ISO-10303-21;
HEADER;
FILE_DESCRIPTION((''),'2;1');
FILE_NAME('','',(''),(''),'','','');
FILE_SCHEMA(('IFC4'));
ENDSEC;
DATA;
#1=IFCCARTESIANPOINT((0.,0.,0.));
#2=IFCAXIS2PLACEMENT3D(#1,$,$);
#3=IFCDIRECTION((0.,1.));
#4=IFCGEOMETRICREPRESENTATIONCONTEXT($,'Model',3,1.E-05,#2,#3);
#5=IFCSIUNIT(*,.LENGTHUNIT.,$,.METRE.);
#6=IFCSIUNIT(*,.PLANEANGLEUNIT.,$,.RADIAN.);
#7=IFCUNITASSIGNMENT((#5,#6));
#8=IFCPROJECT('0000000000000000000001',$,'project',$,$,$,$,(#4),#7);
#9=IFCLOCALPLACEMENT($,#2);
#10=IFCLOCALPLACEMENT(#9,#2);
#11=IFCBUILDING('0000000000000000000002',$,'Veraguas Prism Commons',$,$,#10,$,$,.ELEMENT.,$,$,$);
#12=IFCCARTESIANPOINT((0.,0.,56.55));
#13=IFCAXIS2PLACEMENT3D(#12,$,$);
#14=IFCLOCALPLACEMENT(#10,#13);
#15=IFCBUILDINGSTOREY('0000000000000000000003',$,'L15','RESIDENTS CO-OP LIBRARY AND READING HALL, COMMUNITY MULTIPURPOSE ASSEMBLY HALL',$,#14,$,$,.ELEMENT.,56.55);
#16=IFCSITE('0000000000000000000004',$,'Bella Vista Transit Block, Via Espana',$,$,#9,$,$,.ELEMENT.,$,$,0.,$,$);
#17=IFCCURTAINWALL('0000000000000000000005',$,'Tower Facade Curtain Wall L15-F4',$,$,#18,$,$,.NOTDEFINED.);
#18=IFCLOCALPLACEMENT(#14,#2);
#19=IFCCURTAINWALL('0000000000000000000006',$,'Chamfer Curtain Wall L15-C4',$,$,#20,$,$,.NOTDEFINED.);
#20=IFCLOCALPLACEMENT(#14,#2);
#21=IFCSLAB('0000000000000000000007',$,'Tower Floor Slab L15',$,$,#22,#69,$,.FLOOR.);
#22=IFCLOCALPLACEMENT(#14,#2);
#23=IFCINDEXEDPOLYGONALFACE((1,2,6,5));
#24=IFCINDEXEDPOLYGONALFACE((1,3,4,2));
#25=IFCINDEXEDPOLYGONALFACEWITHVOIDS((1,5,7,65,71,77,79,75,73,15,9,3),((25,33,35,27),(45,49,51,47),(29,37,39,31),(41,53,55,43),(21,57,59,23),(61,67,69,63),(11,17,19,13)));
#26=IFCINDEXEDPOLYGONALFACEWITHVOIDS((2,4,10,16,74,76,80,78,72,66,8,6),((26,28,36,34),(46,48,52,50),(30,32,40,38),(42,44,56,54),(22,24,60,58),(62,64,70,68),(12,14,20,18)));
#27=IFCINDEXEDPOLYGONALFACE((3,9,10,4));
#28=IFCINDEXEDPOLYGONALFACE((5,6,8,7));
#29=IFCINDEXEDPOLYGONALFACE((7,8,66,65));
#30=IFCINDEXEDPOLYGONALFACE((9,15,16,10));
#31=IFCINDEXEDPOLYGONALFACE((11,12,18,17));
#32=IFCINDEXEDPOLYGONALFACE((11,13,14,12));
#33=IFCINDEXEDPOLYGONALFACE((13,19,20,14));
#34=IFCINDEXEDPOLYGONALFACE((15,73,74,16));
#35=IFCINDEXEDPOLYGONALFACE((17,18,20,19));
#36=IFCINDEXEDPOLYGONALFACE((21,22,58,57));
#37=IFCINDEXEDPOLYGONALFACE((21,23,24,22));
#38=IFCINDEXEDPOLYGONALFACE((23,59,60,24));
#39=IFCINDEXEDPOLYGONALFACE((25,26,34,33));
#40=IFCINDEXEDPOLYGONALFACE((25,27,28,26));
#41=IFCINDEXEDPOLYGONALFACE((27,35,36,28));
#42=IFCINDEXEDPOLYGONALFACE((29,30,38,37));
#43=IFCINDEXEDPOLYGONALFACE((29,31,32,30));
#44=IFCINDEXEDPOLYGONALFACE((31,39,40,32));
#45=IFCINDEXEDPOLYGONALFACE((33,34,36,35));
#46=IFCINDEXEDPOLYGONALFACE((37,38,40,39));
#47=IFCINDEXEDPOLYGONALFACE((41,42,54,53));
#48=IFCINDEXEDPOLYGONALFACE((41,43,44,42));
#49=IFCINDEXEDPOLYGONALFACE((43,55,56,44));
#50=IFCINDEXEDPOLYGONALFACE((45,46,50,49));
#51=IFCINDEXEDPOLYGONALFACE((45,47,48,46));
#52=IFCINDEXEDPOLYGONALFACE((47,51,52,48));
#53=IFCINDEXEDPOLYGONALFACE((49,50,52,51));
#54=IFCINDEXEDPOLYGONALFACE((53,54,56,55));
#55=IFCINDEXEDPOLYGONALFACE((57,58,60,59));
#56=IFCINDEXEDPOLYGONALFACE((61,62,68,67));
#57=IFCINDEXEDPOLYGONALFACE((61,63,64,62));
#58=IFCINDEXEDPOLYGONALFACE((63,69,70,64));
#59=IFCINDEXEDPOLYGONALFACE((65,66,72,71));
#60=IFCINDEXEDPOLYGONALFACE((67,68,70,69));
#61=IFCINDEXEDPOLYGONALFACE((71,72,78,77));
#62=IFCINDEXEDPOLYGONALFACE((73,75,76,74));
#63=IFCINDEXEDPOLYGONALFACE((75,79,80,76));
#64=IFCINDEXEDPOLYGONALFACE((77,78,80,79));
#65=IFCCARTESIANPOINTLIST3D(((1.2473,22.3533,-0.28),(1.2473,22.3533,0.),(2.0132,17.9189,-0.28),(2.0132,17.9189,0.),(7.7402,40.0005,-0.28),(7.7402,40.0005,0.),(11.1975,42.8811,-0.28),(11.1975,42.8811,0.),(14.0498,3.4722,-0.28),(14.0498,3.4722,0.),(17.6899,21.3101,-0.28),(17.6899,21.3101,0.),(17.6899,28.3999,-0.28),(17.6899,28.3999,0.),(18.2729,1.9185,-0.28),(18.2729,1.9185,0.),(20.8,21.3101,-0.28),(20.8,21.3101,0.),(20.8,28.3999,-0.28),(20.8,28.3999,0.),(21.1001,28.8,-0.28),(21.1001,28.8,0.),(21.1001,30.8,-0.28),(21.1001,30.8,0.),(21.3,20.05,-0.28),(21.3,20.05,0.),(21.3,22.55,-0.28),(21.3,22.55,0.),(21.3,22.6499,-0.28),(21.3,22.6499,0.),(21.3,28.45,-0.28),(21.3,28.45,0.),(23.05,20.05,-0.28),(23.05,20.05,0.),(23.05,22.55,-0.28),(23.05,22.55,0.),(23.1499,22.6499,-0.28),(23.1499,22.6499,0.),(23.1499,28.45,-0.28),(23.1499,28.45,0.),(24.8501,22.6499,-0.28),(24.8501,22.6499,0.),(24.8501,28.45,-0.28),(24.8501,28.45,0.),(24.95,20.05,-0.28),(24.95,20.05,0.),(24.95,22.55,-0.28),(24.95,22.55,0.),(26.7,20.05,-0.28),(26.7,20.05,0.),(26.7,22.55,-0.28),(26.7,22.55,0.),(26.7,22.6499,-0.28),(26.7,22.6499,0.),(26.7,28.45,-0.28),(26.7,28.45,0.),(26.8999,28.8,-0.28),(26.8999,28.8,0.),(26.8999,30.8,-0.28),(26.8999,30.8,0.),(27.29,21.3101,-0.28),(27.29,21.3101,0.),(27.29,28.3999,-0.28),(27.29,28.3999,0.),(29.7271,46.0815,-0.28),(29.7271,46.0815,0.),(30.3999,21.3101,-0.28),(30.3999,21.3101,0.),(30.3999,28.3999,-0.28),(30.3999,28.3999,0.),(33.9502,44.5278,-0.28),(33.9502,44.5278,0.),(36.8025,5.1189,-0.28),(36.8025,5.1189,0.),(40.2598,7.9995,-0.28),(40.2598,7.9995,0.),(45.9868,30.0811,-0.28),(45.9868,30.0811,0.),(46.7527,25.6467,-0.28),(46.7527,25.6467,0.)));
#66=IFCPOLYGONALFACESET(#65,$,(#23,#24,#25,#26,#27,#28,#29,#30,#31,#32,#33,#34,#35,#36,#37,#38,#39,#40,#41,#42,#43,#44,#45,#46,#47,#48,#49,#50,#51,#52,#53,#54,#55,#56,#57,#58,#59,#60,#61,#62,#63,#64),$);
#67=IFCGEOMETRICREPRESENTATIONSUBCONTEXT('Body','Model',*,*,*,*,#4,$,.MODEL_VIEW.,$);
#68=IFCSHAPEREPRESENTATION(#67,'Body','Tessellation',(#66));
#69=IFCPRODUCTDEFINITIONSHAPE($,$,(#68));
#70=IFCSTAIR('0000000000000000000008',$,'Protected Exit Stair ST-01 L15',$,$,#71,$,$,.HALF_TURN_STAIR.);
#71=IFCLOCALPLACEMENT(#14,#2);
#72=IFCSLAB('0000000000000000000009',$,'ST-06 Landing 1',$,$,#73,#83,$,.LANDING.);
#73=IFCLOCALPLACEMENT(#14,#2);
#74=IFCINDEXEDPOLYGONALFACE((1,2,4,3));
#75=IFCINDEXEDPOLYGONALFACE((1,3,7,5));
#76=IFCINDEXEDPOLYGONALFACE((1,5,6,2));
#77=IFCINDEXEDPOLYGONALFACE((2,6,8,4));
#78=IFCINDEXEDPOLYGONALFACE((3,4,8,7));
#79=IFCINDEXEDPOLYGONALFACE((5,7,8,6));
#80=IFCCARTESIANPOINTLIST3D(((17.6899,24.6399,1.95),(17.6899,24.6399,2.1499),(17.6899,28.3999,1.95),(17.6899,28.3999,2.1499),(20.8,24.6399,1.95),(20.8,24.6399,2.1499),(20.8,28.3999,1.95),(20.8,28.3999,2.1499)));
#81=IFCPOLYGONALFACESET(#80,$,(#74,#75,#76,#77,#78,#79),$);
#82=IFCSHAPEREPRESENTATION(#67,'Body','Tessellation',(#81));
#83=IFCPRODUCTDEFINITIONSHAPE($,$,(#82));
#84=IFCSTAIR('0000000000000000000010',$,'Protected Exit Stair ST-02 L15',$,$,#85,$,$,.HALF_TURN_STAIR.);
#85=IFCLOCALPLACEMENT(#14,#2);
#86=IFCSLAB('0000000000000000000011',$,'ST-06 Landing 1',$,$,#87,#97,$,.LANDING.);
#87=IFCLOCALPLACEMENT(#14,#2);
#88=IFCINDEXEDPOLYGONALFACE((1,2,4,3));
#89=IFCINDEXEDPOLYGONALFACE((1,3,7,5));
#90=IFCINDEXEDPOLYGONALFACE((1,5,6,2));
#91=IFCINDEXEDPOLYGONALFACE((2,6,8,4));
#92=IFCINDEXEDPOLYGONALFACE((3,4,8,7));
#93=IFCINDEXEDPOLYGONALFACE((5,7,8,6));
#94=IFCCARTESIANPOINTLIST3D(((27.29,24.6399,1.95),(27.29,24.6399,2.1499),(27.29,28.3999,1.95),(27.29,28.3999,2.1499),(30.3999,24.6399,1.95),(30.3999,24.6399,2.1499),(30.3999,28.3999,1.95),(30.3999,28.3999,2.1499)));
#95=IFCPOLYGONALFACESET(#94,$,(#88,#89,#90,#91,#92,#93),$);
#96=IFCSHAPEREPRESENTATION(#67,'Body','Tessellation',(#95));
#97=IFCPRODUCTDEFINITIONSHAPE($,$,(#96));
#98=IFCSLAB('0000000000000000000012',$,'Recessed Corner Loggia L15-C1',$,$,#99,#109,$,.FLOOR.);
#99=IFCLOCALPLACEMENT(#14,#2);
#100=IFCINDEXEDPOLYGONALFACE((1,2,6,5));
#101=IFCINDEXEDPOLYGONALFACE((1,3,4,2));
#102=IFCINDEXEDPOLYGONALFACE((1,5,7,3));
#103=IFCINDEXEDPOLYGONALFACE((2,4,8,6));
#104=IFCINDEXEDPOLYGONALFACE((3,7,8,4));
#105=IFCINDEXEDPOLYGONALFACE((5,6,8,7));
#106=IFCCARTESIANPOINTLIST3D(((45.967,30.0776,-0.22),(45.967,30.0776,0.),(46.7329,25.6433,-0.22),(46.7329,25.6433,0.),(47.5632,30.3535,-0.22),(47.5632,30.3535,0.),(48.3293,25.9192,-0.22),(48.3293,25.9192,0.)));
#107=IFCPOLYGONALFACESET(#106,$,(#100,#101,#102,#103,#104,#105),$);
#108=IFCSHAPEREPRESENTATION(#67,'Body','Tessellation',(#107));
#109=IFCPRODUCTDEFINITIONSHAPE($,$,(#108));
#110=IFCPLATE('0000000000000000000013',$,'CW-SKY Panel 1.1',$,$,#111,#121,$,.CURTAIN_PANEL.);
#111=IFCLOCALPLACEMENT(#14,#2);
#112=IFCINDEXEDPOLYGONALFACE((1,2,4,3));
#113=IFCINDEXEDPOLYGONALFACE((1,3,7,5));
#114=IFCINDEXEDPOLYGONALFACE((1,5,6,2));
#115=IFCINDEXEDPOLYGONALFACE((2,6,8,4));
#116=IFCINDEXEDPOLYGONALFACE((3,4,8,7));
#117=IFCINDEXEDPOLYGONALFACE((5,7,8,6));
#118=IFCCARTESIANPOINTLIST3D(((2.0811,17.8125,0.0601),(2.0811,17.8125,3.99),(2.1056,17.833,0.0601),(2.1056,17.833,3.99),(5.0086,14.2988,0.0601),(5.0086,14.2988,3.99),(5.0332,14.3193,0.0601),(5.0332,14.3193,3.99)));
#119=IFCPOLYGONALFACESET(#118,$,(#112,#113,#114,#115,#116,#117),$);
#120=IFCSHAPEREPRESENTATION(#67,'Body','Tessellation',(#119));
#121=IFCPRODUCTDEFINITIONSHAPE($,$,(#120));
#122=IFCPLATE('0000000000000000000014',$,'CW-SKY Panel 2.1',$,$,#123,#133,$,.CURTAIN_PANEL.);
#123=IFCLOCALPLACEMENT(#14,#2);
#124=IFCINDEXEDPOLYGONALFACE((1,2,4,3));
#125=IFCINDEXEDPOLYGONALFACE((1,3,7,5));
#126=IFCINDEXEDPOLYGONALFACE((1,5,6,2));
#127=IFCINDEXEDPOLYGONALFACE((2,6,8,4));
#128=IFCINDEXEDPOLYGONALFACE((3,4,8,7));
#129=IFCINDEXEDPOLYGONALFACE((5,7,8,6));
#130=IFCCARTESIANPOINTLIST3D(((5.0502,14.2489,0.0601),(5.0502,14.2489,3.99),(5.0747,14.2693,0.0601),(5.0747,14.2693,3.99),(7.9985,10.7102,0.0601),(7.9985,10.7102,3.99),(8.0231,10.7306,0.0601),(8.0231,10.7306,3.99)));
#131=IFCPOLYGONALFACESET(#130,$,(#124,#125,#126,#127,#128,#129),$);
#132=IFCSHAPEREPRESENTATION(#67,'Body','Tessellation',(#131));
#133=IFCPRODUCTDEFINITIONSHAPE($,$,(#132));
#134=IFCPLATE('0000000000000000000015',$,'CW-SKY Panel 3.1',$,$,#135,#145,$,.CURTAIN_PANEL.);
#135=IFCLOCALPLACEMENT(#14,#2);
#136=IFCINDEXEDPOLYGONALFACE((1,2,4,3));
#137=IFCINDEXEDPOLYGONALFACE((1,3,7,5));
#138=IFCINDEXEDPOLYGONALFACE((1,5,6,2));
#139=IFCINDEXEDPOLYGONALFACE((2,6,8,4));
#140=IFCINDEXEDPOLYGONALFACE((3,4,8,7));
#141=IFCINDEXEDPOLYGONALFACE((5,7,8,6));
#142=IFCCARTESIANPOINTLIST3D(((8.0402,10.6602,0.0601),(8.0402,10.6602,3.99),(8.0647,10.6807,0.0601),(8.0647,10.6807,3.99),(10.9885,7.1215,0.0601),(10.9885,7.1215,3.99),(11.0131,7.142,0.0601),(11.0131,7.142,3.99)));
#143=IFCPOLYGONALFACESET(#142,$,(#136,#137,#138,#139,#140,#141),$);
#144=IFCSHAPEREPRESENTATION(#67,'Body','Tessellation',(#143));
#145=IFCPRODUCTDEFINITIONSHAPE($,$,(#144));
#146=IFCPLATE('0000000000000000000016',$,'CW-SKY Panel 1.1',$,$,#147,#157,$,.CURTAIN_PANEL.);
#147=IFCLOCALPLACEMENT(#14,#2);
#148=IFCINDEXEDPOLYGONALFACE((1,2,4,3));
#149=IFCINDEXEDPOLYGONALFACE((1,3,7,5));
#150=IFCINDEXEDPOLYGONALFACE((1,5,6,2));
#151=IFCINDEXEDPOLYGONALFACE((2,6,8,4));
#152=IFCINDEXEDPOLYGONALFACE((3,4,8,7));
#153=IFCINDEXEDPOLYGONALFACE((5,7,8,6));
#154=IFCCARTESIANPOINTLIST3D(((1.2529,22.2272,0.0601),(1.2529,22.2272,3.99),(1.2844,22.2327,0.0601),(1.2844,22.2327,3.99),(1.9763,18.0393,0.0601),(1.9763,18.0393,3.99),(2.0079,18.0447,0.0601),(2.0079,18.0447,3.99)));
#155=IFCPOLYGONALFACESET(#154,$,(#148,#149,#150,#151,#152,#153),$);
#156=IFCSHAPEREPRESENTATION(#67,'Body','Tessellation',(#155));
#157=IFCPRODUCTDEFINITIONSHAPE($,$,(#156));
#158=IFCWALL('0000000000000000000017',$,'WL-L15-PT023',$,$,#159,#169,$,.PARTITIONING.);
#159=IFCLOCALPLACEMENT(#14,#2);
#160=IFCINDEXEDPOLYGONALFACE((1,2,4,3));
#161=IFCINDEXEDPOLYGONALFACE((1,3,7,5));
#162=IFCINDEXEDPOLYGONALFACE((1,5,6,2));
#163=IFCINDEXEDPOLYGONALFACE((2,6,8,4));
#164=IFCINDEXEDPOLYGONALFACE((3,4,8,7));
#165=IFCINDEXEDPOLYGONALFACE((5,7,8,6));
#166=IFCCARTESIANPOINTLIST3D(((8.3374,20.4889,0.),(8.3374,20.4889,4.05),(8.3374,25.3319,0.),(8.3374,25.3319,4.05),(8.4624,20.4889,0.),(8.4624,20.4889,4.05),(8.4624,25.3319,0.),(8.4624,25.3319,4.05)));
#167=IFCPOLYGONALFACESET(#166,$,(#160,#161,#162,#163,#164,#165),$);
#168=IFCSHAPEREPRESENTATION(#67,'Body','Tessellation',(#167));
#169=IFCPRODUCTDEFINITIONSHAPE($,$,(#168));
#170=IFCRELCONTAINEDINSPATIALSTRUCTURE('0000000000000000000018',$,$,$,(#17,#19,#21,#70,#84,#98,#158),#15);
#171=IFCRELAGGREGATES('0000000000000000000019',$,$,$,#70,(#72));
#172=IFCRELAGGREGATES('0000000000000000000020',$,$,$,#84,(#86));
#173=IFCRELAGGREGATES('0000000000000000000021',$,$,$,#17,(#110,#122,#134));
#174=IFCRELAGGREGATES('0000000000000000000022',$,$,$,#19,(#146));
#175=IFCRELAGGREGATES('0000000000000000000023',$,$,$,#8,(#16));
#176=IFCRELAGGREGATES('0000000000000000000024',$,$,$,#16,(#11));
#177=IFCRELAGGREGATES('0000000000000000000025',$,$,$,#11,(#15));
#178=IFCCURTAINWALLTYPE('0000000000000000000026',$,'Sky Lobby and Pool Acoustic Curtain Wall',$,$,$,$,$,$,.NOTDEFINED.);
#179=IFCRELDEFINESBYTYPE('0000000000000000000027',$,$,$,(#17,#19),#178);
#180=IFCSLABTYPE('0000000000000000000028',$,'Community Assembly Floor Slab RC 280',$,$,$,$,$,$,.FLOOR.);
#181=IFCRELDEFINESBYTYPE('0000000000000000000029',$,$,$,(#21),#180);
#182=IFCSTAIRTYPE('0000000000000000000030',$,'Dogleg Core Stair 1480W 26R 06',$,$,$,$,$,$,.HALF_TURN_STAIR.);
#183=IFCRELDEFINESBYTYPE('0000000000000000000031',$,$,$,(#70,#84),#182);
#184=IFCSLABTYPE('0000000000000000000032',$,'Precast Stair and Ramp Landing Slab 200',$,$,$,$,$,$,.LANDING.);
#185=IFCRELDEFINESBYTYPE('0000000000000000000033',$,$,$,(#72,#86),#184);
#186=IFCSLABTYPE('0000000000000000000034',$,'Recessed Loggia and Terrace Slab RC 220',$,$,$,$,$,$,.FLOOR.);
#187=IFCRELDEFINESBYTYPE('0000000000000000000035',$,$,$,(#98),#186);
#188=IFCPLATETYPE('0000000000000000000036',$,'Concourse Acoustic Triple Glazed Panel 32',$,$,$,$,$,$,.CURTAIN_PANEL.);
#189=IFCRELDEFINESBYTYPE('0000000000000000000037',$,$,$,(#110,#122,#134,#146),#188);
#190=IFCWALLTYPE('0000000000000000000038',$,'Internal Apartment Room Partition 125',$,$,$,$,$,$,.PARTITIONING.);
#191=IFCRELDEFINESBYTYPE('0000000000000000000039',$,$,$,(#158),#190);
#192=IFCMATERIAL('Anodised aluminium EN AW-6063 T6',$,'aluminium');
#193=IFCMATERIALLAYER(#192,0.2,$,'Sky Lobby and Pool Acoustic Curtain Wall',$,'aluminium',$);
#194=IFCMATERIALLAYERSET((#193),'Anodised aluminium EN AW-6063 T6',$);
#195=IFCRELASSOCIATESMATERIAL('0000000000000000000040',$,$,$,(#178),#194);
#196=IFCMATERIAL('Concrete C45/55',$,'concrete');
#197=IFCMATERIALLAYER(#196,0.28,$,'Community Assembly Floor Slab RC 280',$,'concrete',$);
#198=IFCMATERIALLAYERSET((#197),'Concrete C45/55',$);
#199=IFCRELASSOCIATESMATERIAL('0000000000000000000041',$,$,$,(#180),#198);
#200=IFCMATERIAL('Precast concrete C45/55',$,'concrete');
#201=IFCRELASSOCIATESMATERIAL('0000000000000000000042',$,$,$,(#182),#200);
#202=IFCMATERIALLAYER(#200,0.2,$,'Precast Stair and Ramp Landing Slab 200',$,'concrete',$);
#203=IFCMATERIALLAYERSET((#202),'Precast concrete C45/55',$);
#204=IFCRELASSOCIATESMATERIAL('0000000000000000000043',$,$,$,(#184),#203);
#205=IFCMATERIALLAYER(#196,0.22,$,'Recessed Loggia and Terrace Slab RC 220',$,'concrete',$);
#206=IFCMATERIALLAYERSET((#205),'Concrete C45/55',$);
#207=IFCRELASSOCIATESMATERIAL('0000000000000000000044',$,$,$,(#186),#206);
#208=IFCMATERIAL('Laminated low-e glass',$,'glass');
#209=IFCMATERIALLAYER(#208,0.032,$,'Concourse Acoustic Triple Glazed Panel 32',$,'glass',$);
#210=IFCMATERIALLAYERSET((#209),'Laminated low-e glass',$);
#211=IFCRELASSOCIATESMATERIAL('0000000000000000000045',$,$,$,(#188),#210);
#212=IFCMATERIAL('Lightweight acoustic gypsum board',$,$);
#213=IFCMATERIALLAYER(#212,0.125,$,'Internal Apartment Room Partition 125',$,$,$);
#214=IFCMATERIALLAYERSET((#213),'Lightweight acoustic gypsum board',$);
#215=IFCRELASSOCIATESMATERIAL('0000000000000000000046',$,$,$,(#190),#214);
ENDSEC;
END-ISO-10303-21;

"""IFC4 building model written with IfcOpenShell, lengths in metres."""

from ifc_helpers import new_model, si_unit, direction, frame, frame_2d, origin, origin_2d, place, context, subcontext, project, spatial, polyline, rectangle, outline, extrude, source, transform, mapped, material, layer, layer_set, type_object, element, aggregate, save


model = new_model("IFC4")

# Units and contexts
model_context = context("Model", 3, precision=1e-05, world=origin(), true_north=direction((0.0, 1.0)))
body_context = subcontext(model_context, "Body", "Model", "MODEL_VIEW")
ifc_project = project(units=[si_unit("LENGTHUNIT", "METRE"), si_unit("PLANEANGLEUNIT", "RADIAN")], contexts=[model_context])

# Site, building, storey
site_placement = place(None, origin())
site = spatial("IfcSite", under=ifc_project, at=site_placement, Name="Bella Vista Transit Block, Via Espana", CompositionType="ELEMENT", RefElevation=0.0)
building_placement = place(site_placement, origin())
building = spatial("IfcBuilding", under=site, at=building_placement, Name="Veraguas Prism Commons", CompositionType="ELEMENT")
storey_placement = place(building_placement, frame((0.0, 0.0, 56.55)))
storey = spatial("IfcBuildingStorey", under=building, at=storey_placement, Name="L15", Description="RESIDENTS CO-OP LIBRARY AND READING HALL, COMMUNITY MULTIPURPOSE ASSEMBLY HALL", CompositionType="ELEMENT", Elevation=56.55)

# Curtain wall
ifc_material_1 = material(Name="Anodised aluminium EN AW-6063 T6", Category="aluminium")
ifc_layer_1 = layer(ifc_material_1, 0.2, Name="Sky Lobby and Pool Acoustic Curtain Wall", Category="aluminium")
ifc_layer_set_1 = layer_set([ifc_layer_1], Name="Anodised aluminium EN AW-6063 T6")
curtain_wall_type = type_object("IfcCurtainWallType", Name="Sky Lobby and Pool Acoustic Curtain Wall", PredefinedType="NOTDEFINED", material=ifc_layer_set_1)
curtain_wall_1_placement = place(storey_placement, origin())
curtain_wall_1 = element("IfcCurtainWall", 1, at=curtain_wall_1_placement, inside=storey, type_object=curtain_wall_type, Name="Tower Facade Curtain Wall L15-F4", PredefinedType="NOTDEFINED")

# Curtain wall
curtain_wall_2_placement = place(storey_placement, origin())
curtain_wall_2 = element("IfcCurtainWall", 2, at=curtain_wall_2_placement, inside=storey, type_object=curtain_wall_type, Name="Chamfer Curtain Wall L15-C4", PredefinedType="NOTDEFINED")

# Slab
ifc_material_2 = material(Name="Concrete C45/55", Category="concrete")
ifc_layer_2 = layer(ifc_material_2, 0.28, Name="Community Assembly Floor Slab RC 280", Category="concrete")
ifc_layer_set_2 = layer_set([ifc_layer_2], Name="Concrete C45/55")
slab_type_1 = type_object("IfcSlabType", Name="Community Assembly Floor Slab RC 280", PredefinedType="FLOOR", material=ifc_layer_set_2)
slab_1_placement = place(storey_placement, frame((0.0, 0.0, -0.28)))
element("IfcSlab", 3, at=slab_1_placement, inside=storey, type_object=slab_type_1, Name="Tower Floor Slab L15", PredefinedType="FLOOR", context=body_context, shape_type="SweptSolid", body=[
    extrude(outline(polyline([(46.7527, 25.6467), (45.9868, 30.0811), (33.9502, 44.5278), (29.7271, 46.0815), (11.1975, 42.8811), (7.7402, 40.0005), (1.2473, 22.3533), (2.0132, 17.9189), (14.0498, 3.4722), (18.2729, 1.9185), (36.8025, 5.1189), (40.2598, 7.9995), (46.7527, 25.6467)]), holes=[polyline([(20.8, 21.3101), (20.8, 28.3999), (17.6899, 28.3999), (17.6899, 21.3101), (20.8, 21.3101)]), polyline([(30.3999, 21.3101), (30.3999, 28.3999), (27.29, 28.3999), (27.29, 21.3101), (30.3999, 21.3101)]), polyline([(21.3, 22.6499), (23.1499, 22.6499), (23.1499, 28.45), (21.3, 28.45), (21.3, 22.6499)]), polyline([(24.8501, 22.6499), (26.7, 22.6499), (26.7, 28.45), (24.8501, 28.45), (24.8501, 22.6499)]), polyline([(21.1001, 28.8), (26.8999, 28.8), (26.8999, 30.8), (21.1001, 30.8), (21.1001, 28.8)]), polyline([(21.3, 20.05), (23.05, 20.05), (23.05, 22.55), (21.3, 22.55), (21.3, 20.05)]), polyline([(24.95, 20.05), (26.7, 20.05), (26.7, 22.55), (24.95, 22.55), (24.95, 20.05)])]), origin(), (0.0, 0.0, 1.0), 0.28),
])

# Stairs, slabs
ifc_material_3 = material(Name="Precast concrete C45/55", Category="concrete")
stair_type = type_object("IfcStairType", Name="Dogleg Core Stair 1480W 26R 06", PredefinedType="HALF_TURN_STAIR", material=ifc_material_3)
stair_1_placement = place(storey_placement, origin())
stair_1 = element("IfcStair", 4, at=stair_1_placement, inside=storey, type_object=stair_type, Name="Protected Exit Stair ST-01 L15", PredefinedType="HALF_TURN_STAIR")
ifc_layer_3 = layer(ifc_material_3, 0.2, Name="Precast Stair and Ramp Landing Slab 200", Category="concrete")
ifc_layer_set_3 = layer_set([ifc_layer_3], Name="Precast concrete C45/55")
slab_type_2 = type_object("IfcSlabType", Name="Precast Stair and Ramp Landing Slab 200", PredefinedType="LANDING", material=ifc_layer_set_3)
slab_2_placement = place(storey_placement, frame((0.0, 0.0, 1.95)))
slab_2 = element("IfcSlab", 5, at=slab_2_placement, type_object=slab_type_2, Name="ST-06 Landing 1", PredefinedType="LANDING", context=body_context, shape_type="SweptSolid", body=[
    extrude(outline(polyline([(20.8, 24.6399), (20.8, 28.3999), (17.6899, 28.3999), (17.6899, 24.6399), (20.8, 24.6399)])), origin(), (0.0, 0.0, 1.0), 0.2),
])
aggregate(stair_1, [slab_2])
stair_2_placement = place(storey_placement, origin())
stair_2 = element("IfcStair", 6, at=stair_2_placement, inside=storey, type_object=stair_type, Name="Protected Exit Stair ST-02 L15", PredefinedType="HALF_TURN_STAIR")
slab_3_placement = place(storey_placement, frame((0.0, 0.0, 1.95)))
slab_3 = element("IfcSlab", 7, at=slab_3_placement, type_object=slab_type_2, Name="ST-06 Landing 1", PredefinedType="LANDING", context=body_context, shape_type="SweptSolid", body=[
    extrude(outline(polyline([(30.3999, 24.6399), (30.3999, 28.3999), (27.29, 28.3999), (27.29, 24.6399), (30.3999, 24.6399)])), origin(), (0.0, 0.0, 1.0), 0.2),
])
aggregate(stair_2, [slab_3])

# Slab
ifc_layer_4 = layer(ifc_material_2, 0.22, Name="Recessed Loggia and Terrace Slab RC 220", Category="concrete")
ifc_layer_set_4 = layer_set([ifc_layer_4], Name="Concrete C45/55")
slab_type_3 = type_object("IfcSlabType", Name="Recessed Loggia and Terrace Slab RC 220", PredefinedType="FLOOR", material=ifc_layer_set_4)
slab_4_placement = place(storey_placement, frame((0.0, 0.0, -0.22)))
element("IfcSlab", 8, at=slab_4_placement, inside=storey, type_object=slab_type_3, Name="Recessed Corner Loggia L15-C1", PredefinedType="FLOOR", context=body_context, shape_type="SweptSolid", body=[
    extrude(outline(polyline([(46.7329, 25.6433), (48.3293, 25.9192), (47.5632, 30.3535), (45.967, 30.0776), (46.7329, 25.6433)])), origin(), (0.0, 0.0, 1.0), 0.22),
])

# Plates
ifc_material_4 = material(Name="Laminated low-e glass", Category="glass")
ifc_layer_5 = layer(ifc_material_4, 0.032, Name="Concourse Acoustic Triple Glazed Panel 32", Category="glass")
ifc_layer_set_5 = layer_set([ifc_layer_5], Name="Laminated low-e glass")
plate_type = type_object("IfcPlateType", Name="Concourse Acoustic Triple Glazed Panel 32", PredefinedType="CURTAIN_PANEL", material=ifc_layer_set_5)
shared_shape_1 = source(origin(), body_context, "Body", "SweptSolid", [
    extrude(rectangle(XDim=4.5735, YDim=0.032, at=origin_2d()), origin(), (0.0, 0.0, 1.0), 3.9299),
])
plate_1_placement = place(storey_placement, frame((3.5571, 16.0659, 0.0601), z_axis=(0.0, 0.0, 1.0), x_axis=(0.64011, -0.768284, 0.0)))
plate_1 = element("IfcPlate", 9, at=plate_1_placement, type_object=plate_type, Name="CW-SKY Panel 1.1", PredefinedType="CURTAIN_PANEL", context=body_context, shape_type="MappedRepresentation", body=[
    mapped(shared_shape_1, transform((0.0, 0.0, 0.0), scale=1.0)),
])
shared_shape_2 = source(origin(), body_context, "Body", "SweptSolid", [
    extrude(rectangle(XDim=4.606, YDim=0.032, at=origin_2d()), origin(), (0.0, 0.0, 1.0), 3.9299),
])
plate_2_placement = place(storey_placement, frame((6.5366, 12.4897, 0.0601), z_axis=(0.0, 0.0, 1.0), x_axis=(0.64011, -0.768284, 0.0)))
plate_2 = element("IfcPlate", 10, at=plate_2_placement, type_object=plate_type, Name="CW-SKY Panel 2.1", PredefinedType="CURTAIN_PANEL", context=body_context, shape_type="MappedRepresentation", body=[
    mapped(shared_shape_2, transform((0.0, 0.0, 0.0), scale=1.0)),
])
plate_3_placement = place(storey_placement, frame((9.5266, 8.9011, 0.0601), z_axis=(0.0, 0.0, 1.0), x_axis=(0.64011, -0.768284, 0.0)))
plate_3 = element("IfcPlate", 11, at=plate_3_placement, type_object=plate_type, Name="CW-SKY Panel 3.1", PredefinedType="CURTAIN_PANEL", context=body_context, shape_type="MappedRepresentation", body=[
    mapped(shared_shape_2, transform((0.0, 0.0, 0.0), scale=1.0)),
])
aggregate(curtain_wall_1, [plate_1, plate_2, plate_3])
shared_shape_3 = source(origin(), body_context, "Body", "SweptSolid", [
    extrude(rectangle(XDim=4.25, YDim=0.032, at=origin_2d()), origin(), (0.0, 0.0, 1.0), 3.9299),
])
plate_4_placement = place(storey_placement, frame((1.6304, 20.136, 0.0601), z_axis=(0.0, 0.0, 1.0), x_axis=(0.170227, -0.985405, 0.0)))
plate_4 = element("IfcPlate", 12, at=plate_4_placement, type_object=plate_type, Name="CW-SKY Panel 1.1", PredefinedType="CURTAIN_PANEL", context=body_context, shape_type="MappedRepresentation", body=[
    mapped(shared_shape_3, transform((0.0, 0.0, 0.0), scale=1.0)),
])
aggregate(curtain_wall_2, [plate_4])

# Wall
ifc_material_5 = material(Name="Lightweight acoustic gypsum board")
ifc_layer_6 = layer(ifc_material_5, 0.125, Name="Internal Apartment Room Partition 125")
ifc_layer_set_6 = layer_set([ifc_layer_6], Name="Lightweight acoustic gypsum board")
wall_type = type_object("IfcWallType", Name="Internal Apartment Room Partition 125", PredefinedType="PARTITIONING", material=ifc_layer_set_6)
wall_1_placement = place(storey_placement, frame((8.3999, 20.489, 0.0), z_axis=(0.0, 0.0, 1.0), x_axis=(0.0, 1.0, 0.0)))
element("IfcWall", 13, at=wall_1_placement, inside=storey, type_object=wall_type, Name="WL-L15-PT023", PredefinedType="PARTITIONING", context=body_context, shape_type="SweptSolid", body=[
    extrude(rectangle(XDim=4.843, YDim=0.125, at=frame_2d((2.4214, 0.0))), origin(), (0.0, 0.0, 1.0), 4.05),
])

save(model, "model.ifc")
